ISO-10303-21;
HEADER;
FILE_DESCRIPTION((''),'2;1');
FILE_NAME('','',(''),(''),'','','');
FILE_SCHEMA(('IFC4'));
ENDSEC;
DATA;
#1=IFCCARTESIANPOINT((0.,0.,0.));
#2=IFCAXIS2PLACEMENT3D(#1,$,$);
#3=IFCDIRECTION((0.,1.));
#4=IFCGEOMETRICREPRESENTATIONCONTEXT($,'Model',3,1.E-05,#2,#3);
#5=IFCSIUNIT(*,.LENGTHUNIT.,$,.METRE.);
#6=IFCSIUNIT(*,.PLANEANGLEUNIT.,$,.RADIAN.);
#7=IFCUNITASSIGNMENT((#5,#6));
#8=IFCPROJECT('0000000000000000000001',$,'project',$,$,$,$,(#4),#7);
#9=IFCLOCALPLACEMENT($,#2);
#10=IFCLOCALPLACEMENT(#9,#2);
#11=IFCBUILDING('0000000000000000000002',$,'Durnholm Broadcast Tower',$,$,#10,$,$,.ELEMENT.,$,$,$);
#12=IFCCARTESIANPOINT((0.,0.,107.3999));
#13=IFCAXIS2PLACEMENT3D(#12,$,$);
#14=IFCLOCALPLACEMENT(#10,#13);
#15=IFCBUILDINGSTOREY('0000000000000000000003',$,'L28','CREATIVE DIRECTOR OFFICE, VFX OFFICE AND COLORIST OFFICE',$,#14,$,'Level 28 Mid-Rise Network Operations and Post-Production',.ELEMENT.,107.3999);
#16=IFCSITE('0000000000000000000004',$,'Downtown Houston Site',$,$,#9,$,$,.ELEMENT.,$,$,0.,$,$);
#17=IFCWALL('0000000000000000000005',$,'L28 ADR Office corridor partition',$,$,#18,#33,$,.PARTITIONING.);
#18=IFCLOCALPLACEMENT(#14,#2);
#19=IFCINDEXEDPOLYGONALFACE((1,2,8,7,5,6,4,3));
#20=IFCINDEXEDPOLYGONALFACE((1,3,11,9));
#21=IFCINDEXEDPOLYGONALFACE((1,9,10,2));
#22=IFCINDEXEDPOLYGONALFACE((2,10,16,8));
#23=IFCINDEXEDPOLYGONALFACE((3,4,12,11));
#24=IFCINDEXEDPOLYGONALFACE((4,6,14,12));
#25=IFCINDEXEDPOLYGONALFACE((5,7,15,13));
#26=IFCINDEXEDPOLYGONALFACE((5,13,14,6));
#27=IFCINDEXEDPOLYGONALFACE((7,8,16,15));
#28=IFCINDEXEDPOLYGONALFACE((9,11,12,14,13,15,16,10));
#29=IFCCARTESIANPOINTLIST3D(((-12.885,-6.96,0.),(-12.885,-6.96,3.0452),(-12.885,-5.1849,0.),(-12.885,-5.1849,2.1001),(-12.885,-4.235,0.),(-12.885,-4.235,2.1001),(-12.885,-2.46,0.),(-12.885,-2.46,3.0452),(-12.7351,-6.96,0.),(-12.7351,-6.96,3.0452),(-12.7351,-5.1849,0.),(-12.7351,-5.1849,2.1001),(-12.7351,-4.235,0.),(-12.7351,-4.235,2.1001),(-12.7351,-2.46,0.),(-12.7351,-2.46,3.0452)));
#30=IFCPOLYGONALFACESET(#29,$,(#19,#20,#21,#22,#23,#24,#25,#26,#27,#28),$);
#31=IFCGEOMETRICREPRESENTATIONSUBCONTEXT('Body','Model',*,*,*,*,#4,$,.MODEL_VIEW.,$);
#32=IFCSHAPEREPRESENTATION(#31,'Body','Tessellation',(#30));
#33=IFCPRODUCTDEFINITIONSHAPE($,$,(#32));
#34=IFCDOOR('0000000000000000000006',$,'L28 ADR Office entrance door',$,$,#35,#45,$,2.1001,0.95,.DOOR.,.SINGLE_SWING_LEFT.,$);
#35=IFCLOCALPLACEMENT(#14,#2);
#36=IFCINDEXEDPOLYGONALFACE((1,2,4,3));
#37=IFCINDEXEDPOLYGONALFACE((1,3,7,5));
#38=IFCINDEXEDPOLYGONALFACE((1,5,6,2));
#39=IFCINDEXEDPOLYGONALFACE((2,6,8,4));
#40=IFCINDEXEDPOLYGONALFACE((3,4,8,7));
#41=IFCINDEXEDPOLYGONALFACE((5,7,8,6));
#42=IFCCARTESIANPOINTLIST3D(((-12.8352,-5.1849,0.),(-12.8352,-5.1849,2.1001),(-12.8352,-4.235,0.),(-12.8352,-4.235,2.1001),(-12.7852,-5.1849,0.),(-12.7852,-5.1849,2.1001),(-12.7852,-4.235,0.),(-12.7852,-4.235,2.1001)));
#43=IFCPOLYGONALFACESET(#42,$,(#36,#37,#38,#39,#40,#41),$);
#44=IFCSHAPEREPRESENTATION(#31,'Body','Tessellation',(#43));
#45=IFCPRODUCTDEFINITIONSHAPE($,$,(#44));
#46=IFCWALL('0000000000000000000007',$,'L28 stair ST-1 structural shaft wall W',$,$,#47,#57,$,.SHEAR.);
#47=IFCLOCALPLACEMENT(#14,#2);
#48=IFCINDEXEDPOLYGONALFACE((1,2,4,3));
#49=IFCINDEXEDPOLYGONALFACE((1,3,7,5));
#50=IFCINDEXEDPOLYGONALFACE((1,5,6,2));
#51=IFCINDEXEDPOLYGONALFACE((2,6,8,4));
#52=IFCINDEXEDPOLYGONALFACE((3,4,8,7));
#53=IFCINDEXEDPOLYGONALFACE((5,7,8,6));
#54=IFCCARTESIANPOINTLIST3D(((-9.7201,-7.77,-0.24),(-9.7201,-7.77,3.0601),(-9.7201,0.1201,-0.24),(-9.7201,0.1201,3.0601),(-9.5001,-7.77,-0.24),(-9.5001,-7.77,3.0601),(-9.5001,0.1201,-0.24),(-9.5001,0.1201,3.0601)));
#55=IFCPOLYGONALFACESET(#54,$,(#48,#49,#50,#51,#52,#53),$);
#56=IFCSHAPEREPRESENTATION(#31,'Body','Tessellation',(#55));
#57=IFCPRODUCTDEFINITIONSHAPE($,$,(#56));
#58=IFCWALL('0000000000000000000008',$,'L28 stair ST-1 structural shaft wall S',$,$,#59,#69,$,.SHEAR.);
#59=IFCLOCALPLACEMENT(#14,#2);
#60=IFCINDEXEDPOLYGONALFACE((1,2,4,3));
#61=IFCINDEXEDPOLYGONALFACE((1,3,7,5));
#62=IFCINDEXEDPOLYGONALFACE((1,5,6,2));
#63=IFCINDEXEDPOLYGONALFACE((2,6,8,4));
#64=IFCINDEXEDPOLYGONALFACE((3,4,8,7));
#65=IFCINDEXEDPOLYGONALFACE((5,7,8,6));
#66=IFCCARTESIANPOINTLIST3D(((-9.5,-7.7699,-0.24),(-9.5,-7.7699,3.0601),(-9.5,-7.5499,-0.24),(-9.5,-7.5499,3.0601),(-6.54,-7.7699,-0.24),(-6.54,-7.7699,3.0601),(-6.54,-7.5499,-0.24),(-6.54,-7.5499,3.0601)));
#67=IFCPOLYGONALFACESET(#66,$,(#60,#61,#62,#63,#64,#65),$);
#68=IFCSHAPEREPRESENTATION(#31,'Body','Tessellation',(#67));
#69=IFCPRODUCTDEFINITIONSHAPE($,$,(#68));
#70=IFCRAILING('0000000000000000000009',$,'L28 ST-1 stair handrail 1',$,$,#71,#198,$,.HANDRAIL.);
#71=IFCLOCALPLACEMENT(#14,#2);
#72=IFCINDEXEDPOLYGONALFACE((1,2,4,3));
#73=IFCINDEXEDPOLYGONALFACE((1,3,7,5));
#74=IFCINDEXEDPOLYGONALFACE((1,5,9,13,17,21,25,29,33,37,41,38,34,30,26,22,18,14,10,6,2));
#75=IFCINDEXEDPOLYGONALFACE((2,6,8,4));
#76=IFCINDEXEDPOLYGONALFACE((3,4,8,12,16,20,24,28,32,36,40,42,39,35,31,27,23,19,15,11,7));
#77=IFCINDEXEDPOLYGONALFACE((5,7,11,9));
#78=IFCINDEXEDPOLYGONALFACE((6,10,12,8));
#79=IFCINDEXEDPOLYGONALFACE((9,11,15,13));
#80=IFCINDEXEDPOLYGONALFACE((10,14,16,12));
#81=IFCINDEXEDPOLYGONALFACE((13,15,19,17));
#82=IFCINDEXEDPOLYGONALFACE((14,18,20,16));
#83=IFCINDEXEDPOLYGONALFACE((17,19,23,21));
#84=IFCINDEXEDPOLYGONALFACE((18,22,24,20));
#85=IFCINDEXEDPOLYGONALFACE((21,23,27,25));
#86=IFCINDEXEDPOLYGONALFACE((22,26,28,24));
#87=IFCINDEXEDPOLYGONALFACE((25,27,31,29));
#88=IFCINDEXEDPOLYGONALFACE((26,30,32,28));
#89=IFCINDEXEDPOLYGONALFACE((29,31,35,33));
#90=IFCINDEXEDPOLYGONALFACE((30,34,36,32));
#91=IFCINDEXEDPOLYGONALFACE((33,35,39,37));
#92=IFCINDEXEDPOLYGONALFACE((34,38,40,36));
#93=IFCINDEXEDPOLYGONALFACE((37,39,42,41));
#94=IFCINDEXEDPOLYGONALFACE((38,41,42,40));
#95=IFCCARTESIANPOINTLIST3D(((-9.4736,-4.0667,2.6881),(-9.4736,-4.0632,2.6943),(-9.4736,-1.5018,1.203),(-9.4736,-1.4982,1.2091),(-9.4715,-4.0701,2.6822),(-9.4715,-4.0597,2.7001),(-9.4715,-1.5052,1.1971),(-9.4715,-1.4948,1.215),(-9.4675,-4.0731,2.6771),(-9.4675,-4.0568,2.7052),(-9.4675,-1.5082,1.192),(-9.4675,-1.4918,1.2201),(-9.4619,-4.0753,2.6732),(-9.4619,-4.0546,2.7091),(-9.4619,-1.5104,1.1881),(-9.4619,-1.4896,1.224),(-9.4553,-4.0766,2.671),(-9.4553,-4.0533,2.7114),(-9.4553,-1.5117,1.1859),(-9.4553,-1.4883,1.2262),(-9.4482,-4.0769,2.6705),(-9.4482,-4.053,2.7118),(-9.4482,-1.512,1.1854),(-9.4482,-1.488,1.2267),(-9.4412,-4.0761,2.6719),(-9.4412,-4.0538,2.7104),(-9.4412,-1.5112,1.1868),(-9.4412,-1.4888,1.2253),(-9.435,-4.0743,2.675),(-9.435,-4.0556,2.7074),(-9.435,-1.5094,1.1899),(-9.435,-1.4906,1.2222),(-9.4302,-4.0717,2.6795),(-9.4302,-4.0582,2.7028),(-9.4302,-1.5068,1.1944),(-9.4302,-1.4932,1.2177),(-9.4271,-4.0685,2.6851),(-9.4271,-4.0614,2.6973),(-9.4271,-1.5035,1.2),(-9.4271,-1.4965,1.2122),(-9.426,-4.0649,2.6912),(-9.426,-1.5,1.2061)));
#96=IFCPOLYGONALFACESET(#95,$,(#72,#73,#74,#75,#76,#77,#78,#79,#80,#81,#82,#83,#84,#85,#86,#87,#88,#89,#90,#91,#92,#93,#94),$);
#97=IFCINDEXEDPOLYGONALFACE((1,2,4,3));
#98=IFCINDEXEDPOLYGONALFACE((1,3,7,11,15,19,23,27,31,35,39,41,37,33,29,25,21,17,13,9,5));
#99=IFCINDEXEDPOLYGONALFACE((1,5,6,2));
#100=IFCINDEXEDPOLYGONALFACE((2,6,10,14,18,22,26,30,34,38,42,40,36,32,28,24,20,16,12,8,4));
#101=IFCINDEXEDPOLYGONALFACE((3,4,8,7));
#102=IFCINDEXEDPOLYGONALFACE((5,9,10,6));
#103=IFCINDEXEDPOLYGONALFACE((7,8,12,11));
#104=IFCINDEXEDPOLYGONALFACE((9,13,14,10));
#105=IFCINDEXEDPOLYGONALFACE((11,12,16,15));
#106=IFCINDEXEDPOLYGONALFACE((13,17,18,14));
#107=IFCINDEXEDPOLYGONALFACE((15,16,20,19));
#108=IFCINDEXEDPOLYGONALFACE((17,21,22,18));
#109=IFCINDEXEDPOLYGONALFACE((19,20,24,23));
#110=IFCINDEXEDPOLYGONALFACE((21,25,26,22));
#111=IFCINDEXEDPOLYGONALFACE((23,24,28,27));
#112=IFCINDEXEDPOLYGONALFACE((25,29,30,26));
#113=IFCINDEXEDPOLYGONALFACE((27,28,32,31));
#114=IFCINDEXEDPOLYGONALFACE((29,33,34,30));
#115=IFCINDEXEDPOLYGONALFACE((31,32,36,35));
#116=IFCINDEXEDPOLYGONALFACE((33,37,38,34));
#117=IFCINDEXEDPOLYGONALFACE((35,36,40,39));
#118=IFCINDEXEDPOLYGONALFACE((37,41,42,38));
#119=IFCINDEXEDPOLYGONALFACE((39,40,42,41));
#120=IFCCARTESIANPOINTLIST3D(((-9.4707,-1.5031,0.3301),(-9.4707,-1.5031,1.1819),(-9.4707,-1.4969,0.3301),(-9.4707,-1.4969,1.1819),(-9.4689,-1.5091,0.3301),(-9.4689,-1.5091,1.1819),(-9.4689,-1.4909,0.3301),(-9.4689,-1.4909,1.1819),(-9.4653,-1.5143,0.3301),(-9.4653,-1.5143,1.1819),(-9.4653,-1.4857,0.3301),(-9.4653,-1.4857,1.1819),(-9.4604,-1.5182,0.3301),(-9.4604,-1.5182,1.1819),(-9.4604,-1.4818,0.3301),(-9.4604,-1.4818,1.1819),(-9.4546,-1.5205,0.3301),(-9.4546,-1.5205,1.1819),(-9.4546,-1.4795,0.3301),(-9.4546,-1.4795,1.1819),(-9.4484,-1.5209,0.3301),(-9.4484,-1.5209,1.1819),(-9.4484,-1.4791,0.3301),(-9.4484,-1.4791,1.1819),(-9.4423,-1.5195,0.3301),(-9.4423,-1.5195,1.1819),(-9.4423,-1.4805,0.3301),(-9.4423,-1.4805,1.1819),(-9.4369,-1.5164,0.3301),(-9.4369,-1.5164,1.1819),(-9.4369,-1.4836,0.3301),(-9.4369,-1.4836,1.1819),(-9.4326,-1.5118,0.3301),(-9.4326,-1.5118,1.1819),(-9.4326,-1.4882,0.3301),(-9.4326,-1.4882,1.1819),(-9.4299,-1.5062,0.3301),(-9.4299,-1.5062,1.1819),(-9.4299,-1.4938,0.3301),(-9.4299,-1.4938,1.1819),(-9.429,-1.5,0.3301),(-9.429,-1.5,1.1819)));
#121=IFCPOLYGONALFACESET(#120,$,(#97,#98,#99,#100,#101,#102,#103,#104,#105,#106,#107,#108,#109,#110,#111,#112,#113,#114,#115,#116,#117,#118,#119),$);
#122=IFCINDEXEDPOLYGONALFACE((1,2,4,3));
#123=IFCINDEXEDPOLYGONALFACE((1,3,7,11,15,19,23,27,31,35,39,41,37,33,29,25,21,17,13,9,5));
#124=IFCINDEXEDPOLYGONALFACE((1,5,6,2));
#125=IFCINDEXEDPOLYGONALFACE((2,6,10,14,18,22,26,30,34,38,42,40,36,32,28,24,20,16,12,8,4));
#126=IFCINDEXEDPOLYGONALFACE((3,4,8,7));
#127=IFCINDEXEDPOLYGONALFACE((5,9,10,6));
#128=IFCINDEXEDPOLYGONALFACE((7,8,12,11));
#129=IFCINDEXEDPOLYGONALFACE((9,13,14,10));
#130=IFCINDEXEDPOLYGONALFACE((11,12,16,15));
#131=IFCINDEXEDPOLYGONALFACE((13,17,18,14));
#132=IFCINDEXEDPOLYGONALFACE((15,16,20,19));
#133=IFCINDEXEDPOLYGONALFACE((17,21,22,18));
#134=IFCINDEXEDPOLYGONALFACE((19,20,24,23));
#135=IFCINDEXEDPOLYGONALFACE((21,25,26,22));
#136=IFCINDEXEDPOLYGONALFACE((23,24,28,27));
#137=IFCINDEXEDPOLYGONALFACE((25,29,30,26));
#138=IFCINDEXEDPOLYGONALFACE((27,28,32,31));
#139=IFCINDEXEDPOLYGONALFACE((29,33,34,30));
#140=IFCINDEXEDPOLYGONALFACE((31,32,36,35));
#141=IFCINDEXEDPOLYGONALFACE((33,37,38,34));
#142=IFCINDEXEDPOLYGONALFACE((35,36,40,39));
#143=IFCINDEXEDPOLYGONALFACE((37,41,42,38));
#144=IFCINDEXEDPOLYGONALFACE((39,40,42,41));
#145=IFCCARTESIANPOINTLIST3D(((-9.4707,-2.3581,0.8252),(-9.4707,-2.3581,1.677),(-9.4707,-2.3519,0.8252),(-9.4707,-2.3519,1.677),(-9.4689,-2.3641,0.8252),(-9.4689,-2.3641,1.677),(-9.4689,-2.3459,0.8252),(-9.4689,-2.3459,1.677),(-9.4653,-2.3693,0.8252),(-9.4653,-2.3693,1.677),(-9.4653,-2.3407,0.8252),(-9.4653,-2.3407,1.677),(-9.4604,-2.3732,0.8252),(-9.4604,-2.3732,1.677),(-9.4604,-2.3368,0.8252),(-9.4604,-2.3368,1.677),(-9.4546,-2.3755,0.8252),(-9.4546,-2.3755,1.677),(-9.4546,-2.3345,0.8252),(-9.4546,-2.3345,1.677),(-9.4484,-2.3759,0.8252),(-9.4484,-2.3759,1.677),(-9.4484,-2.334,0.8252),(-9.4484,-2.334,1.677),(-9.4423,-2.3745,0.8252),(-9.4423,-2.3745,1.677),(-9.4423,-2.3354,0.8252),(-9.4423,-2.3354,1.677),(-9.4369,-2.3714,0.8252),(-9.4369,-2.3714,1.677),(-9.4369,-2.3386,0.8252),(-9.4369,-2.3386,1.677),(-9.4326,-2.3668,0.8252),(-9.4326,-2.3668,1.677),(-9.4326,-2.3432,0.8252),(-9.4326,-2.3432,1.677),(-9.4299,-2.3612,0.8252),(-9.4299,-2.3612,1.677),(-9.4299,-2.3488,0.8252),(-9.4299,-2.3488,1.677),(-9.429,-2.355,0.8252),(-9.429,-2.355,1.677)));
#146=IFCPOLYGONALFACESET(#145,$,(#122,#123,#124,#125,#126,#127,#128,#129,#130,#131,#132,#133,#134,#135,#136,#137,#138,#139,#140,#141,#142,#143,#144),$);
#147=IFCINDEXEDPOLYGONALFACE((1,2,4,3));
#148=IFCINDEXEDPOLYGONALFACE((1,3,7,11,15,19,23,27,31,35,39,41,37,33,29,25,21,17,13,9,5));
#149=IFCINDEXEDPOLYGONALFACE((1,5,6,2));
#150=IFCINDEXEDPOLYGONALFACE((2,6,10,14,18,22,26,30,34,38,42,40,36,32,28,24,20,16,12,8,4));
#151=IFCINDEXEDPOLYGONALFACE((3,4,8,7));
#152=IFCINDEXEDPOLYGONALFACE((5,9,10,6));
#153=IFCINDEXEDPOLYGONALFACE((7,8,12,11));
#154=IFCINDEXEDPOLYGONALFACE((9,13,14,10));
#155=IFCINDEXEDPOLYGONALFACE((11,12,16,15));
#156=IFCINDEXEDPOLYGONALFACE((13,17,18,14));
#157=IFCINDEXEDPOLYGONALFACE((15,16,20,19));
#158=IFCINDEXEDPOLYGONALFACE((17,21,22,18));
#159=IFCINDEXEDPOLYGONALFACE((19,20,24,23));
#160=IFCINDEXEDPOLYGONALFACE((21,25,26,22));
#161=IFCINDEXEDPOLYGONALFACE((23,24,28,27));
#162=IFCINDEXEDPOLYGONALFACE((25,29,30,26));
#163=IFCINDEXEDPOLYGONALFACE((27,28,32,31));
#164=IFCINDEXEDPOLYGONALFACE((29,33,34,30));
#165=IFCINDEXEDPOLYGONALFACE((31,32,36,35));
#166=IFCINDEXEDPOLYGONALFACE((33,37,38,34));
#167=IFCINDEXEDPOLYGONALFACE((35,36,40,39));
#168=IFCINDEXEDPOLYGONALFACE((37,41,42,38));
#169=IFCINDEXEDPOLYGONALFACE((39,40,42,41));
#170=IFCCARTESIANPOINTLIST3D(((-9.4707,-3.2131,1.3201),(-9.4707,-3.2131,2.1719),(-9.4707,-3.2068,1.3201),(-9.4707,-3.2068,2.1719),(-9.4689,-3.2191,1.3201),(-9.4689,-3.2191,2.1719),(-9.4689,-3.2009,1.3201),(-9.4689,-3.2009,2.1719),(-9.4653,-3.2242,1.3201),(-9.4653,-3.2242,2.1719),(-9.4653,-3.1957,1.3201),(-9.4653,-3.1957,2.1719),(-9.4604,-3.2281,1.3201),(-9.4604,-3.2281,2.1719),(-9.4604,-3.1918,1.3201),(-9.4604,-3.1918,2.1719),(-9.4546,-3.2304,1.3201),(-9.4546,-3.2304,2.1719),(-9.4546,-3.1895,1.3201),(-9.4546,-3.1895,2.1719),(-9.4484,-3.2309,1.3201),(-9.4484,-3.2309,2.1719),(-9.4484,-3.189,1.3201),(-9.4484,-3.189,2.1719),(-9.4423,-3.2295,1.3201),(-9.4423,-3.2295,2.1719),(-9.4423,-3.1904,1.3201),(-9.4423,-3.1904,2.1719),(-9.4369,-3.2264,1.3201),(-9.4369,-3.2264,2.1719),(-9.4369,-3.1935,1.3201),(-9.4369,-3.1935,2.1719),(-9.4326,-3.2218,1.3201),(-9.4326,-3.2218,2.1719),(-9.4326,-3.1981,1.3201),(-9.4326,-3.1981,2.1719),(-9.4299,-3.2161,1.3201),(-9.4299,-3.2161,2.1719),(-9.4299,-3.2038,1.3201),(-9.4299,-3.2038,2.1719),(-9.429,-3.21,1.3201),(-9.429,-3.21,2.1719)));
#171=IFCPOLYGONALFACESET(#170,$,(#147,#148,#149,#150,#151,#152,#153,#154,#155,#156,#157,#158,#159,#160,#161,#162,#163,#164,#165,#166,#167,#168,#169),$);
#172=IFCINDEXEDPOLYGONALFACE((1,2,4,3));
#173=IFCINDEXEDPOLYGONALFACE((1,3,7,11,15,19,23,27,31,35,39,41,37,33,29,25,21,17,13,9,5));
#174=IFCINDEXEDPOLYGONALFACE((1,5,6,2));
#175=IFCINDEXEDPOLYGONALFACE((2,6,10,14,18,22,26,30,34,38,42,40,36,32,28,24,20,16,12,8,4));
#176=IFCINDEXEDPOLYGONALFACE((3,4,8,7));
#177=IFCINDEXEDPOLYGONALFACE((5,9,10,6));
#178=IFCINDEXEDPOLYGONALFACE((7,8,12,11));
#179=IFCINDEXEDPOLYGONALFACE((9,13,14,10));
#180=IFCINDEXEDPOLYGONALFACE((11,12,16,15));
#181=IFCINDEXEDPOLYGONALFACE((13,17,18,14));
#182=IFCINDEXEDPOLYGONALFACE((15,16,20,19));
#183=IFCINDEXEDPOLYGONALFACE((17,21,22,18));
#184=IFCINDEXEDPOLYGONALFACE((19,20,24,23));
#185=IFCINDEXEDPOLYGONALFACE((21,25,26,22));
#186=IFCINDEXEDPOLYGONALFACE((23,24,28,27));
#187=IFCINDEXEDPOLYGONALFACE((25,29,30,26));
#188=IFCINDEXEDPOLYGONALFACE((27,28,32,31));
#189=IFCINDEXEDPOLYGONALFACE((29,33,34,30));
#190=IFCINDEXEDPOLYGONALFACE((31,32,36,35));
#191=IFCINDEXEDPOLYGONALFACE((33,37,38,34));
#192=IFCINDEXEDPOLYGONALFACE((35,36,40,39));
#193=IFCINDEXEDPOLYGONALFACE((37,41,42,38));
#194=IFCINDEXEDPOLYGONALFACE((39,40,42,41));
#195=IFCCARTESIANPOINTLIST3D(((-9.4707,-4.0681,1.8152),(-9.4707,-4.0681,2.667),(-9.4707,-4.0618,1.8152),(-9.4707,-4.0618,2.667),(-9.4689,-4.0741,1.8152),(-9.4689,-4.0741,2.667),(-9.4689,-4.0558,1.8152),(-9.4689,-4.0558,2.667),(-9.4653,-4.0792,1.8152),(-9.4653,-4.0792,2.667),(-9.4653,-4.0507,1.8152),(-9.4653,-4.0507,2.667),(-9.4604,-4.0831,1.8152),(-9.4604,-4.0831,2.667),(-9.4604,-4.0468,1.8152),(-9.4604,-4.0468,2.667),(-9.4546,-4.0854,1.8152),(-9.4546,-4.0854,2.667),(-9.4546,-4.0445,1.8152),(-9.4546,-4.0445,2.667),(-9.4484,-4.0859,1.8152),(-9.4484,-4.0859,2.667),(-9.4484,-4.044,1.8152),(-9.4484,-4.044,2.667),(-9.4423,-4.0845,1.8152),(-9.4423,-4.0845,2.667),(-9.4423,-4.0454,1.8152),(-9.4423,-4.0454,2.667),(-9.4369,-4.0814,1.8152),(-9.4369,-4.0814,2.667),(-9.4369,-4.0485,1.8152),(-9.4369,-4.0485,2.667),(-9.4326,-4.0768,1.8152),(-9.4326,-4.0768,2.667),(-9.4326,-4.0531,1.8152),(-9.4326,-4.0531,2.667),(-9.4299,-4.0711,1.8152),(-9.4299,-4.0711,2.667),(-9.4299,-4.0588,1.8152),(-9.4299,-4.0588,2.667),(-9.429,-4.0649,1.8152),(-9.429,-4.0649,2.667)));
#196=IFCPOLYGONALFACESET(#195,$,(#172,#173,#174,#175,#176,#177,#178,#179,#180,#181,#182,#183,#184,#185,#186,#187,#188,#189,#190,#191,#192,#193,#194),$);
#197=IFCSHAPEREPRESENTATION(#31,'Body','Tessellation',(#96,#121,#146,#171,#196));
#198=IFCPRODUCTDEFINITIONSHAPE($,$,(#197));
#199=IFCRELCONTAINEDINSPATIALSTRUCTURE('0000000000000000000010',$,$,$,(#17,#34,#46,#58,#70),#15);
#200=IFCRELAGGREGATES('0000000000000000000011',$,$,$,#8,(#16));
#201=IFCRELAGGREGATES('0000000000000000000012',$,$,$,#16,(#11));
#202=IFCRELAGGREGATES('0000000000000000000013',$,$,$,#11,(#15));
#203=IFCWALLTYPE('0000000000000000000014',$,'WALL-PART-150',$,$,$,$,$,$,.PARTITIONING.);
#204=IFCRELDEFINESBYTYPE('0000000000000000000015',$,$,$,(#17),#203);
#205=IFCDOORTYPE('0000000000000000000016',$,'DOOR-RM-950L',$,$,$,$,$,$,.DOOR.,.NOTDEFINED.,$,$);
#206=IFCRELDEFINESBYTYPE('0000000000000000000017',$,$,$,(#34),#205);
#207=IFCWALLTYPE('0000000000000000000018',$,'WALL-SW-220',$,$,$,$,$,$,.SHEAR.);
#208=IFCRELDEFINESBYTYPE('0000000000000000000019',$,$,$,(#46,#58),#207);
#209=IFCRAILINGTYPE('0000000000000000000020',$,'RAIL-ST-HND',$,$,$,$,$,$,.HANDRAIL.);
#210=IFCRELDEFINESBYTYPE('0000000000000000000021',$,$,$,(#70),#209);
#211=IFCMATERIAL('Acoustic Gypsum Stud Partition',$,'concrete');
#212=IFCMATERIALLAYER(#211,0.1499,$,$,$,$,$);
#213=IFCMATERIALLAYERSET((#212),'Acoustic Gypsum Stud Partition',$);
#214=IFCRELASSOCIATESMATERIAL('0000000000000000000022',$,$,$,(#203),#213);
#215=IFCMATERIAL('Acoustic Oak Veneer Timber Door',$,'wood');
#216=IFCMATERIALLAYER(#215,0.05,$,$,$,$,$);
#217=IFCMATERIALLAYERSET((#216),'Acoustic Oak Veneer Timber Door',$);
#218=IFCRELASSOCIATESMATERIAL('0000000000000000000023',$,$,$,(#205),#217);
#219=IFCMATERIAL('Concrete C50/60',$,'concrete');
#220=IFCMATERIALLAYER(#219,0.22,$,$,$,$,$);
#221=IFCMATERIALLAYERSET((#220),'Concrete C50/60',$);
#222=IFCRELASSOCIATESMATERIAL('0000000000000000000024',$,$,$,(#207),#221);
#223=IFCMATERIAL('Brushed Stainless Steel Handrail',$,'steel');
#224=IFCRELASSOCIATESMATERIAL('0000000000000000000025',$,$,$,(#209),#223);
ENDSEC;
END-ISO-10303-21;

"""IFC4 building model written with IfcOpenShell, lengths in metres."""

from ifc_helpers import new_model, si_unit, direction, frame, frame_2d, origin, origin_2d, place, context, subcontext, project, spatial, rectangle, circle, extrude, source, transform, mapped, material, layer, layer_set, type_object, type_shapes, element, fill, save


model = new_model("IFC4")

# Units and contexts
model_context = context("Model", 3, precision=1e-05, world=origin(), true_north=direction((0.0, 1.0)))
body_context = subcontext(model_context, "Body", "Model", "MODEL_VIEW")
ifc_project = project(units=[si_unit("LENGTHUNIT", "METRE"), si_unit("PLANEANGLEUNIT", "RADIAN")], contexts=[model_context])

# Site, building, storey
site_placement = place(None, origin())
site = spatial("IfcSite", under=ifc_project, at=site_placement, Name="Downtown Houston Site", CompositionType="ELEMENT", RefElevation=0.0)
building_placement = place(site_placement, origin())
building = spatial("IfcBuilding", under=site, at=building_placement, Name="Durnholm Broadcast Tower", CompositionType="ELEMENT")
storey_placement = place(building_placement, frame((0.0, 0.0, 107.3999)))
storey = spatial("IfcBuildingStorey", under=building, at=storey_placement, Name="L28", Description="CREATIVE DIRECTOR OFFICE, VFX OFFICE AND COLORIST OFFICE", LongName="Level 28 Mid-Rise Network Operations and Post-Production", CompositionType="ELEMENT", Elevation=107.3999)

# Wall, opening, door
ifc_material_1 = material(Name="Acoustic Gypsum Stud Partition", Category="concrete")
ifc_layer_1 = layer(ifc_material_1, 0.1499)
ifc_layer_set_1 = layer_set([ifc_layer_1], Name="Acoustic Gypsum Stud Partition")
wall_type_1 = type_object("IfcWallType", Name="WALL-PART-150", PredefinedType="PARTITIONING", material=ifc_layer_set_1)
wall_1_placement = place(storey_placement, frame((-12.8101, -2.46, 0.0), z_axis=(0.0, 0.0, 1.0), x_axis=(0.0, -1.0, 0.0)))
wall_1 = element("IfcWall", 1, at=wall_1_placement, inside=storey, type_object=wall_type_1, Name="L28 ADR Office corridor partition", PredefinedType="PARTITIONING", context=body_context, shape_type="SweptSolid", body=[
    extrude(rectangle(XDim=4.5, YDim=0.1499, at=frame_2d((2.25, 0.0))), origin(), (0.0, 0.0, 1.0), 3.0452),
])
opening_1_placement = place(wall_1_placement, frame((1.7749, 0.0, 0.0)))
opening_1 = element("IfcOpeningElement", 2, at=opening_1_placement, cuts=wall_1, PredefinedType="OPENING", context=body_context, shape_type="SweptSolid", body=[
    extrude(rectangle(XDim=0.95, YDim=2.1001, at=frame_2d((0.4751, 1.05))), frame((0.0, 0.085, 0.0), z_axis=(0.0, -1.0, 0.0), x_axis=(1.0, 0.0, 0.0)), (0.0, 0.0, 1.0), 0.1699),
])
ifc_material_2 = material(Name="Acoustic Oak Veneer Timber Door", Category="wood")
ifc_layer_2 = layer(ifc_material_2, 0.05)
ifc_layer_set_2 = layer_set([ifc_layer_2], Name="Acoustic Oak Veneer Timber Door")
door_type_1 = type_object("IfcDoorType", Name="DOOR-RM-950L", OperationType="NOTDEFINED", PredefinedType="DOOR", material=ifc_layer_set_2)
shared_shape_1 = source(origin(), body_context, "Body", "SweptSolid", [
    extrude(rectangle(XDim=0.95, YDim=2.1001, at=frame_2d((0.4751, 1.05))), frame((0.0, 0.0249, 0.0), z_axis=(0.0, -1.0, 0.0), x_axis=(1.0, 0.0, 0.0)), (0.0, 0.0, 1.0), 0.05),
])
type_shapes(door_type_1, [shared_shape_1])
door_1_placement = place(opening_1_placement, origin())
door_1 = element("IfcDoor", 3, at=door_1_placement, inside=storey, type_object=door_type_1, Name="L28 ADR Office entrance door", OperationType="SINGLE_SWING_LEFT", OverallHeight=2.1001, OverallWidth=0.95, PredefinedType="DOOR", context=body_context, shape_type="MappedRepresentation", body=[
    mapped(shared_shape_1, transform((0.0, 0.0, 0.0), x_axis=(1.0, 0.0, 0.0), y_axis=(0.0, 1.0, 0.0), z_axis=(0.0, 0.0, 1.0), scale=1.0)),
])
fill(opening_1, door_1)

# Walls
ifc_material_3 = material(Name="Concrete C50/60", Category="concrete")
ifc_layer_3 = layer(ifc_material_3, 0.22)
ifc_layer_set_3 = layer_set([ifc_layer_3], Name="Concrete C50/60")
wall_type_2 = type_object("IfcWallType", Name="WALL-SW-220", PredefinedType="SHEAR", material=ifc_layer_set_3)
wall_2_placement = place(storey_placement, frame((-9.6101, 0.1201, -0.24), z_axis=(0.0, 0.0, 1.0), x_axis=(0.0, -1.0, 0.0)))
element("IfcWall", 4, at=wall_2_placement, inside=storey, type_object=wall_type_2, Name="L28 stair ST-1 structural shaft wall W", PredefinedType="SHEAR", context=body_context, shape_type="SweptSolid", body=[
    extrude(rectangle(XDim=7.8901, YDim=0.22, at=frame_2d((3.9451, 0.0))), origin(), (0.0, 0.0, 1.0), 3.3),
])
wall_3_placement = place(storey_placement, frame((-9.5, -7.6599, -0.24), z_axis=(0.0, 0.0, 1.0), x_axis=(1.0, 0.0, 0.0)))
element("IfcWall", 5, at=wall_3_placement, inside=storey, type_object=wall_type_2, Name="L28 stair ST-1 structural shaft wall S", PredefinedType="SHEAR", context=body_context, shape_type="SweptSolid", body=[
    extrude(rectangle(XDim=2.96, YDim=0.22, at=frame_2d((1.48, 0.0))), origin(), (0.0, 0.0, 1.0), 3.3),
])

# Railing
ifc_material_4 = material(Name="Brushed Stainless Steel Handrail", Category="steel")
railing_type = type_object("IfcRailingType", Name="RAIL-ST-HND", PredefinedType="HANDRAIL", material=ifc_material_4)
railing_placement = place(storey_placement, frame((-9.45, -1.5, 0.3301)))
element("IfcRailing", 6, at=railing_placement, inside=storey, type_object=railing_type, Name="L28 ST-1 stair handrail 1", PredefinedType="HANDRAIL", context=body_context, shape_type="SweptSolid", body=[
    extrude(circle(Radius=0.0239, at=origin_2d()), frame((0.0, 0.0, 0.876), z_axis=(0.0, -0.865406, 0.501072), x_axis=(1.0, 0.0, 0.0)), (0.0, 0.0, 1.0), 2.9639),
    extrude(circle(Radius=0.021, at=origin_2d()), origin(), (0.0, 0.0, 1.0), 0.8518),
    extrude(circle(Radius=0.021, at=origin_2d()), frame((0.0, -0.855, 0.4951)), (0.0, 0.0, 1.0), 0.8518),
    extrude(circle(Radius=0.021, at=origin_2d()), frame((0.0, -1.71, 0.99)), (0.0, 0.0, 1.0), 0.8518),
    extrude(circle(Radius=0.021, at=origin_2d()), frame((0.0, -2.5649, 1.4851)), (0.0, 0.0, 1.0), 0.8518),
])

save(model, "model.ifc")
